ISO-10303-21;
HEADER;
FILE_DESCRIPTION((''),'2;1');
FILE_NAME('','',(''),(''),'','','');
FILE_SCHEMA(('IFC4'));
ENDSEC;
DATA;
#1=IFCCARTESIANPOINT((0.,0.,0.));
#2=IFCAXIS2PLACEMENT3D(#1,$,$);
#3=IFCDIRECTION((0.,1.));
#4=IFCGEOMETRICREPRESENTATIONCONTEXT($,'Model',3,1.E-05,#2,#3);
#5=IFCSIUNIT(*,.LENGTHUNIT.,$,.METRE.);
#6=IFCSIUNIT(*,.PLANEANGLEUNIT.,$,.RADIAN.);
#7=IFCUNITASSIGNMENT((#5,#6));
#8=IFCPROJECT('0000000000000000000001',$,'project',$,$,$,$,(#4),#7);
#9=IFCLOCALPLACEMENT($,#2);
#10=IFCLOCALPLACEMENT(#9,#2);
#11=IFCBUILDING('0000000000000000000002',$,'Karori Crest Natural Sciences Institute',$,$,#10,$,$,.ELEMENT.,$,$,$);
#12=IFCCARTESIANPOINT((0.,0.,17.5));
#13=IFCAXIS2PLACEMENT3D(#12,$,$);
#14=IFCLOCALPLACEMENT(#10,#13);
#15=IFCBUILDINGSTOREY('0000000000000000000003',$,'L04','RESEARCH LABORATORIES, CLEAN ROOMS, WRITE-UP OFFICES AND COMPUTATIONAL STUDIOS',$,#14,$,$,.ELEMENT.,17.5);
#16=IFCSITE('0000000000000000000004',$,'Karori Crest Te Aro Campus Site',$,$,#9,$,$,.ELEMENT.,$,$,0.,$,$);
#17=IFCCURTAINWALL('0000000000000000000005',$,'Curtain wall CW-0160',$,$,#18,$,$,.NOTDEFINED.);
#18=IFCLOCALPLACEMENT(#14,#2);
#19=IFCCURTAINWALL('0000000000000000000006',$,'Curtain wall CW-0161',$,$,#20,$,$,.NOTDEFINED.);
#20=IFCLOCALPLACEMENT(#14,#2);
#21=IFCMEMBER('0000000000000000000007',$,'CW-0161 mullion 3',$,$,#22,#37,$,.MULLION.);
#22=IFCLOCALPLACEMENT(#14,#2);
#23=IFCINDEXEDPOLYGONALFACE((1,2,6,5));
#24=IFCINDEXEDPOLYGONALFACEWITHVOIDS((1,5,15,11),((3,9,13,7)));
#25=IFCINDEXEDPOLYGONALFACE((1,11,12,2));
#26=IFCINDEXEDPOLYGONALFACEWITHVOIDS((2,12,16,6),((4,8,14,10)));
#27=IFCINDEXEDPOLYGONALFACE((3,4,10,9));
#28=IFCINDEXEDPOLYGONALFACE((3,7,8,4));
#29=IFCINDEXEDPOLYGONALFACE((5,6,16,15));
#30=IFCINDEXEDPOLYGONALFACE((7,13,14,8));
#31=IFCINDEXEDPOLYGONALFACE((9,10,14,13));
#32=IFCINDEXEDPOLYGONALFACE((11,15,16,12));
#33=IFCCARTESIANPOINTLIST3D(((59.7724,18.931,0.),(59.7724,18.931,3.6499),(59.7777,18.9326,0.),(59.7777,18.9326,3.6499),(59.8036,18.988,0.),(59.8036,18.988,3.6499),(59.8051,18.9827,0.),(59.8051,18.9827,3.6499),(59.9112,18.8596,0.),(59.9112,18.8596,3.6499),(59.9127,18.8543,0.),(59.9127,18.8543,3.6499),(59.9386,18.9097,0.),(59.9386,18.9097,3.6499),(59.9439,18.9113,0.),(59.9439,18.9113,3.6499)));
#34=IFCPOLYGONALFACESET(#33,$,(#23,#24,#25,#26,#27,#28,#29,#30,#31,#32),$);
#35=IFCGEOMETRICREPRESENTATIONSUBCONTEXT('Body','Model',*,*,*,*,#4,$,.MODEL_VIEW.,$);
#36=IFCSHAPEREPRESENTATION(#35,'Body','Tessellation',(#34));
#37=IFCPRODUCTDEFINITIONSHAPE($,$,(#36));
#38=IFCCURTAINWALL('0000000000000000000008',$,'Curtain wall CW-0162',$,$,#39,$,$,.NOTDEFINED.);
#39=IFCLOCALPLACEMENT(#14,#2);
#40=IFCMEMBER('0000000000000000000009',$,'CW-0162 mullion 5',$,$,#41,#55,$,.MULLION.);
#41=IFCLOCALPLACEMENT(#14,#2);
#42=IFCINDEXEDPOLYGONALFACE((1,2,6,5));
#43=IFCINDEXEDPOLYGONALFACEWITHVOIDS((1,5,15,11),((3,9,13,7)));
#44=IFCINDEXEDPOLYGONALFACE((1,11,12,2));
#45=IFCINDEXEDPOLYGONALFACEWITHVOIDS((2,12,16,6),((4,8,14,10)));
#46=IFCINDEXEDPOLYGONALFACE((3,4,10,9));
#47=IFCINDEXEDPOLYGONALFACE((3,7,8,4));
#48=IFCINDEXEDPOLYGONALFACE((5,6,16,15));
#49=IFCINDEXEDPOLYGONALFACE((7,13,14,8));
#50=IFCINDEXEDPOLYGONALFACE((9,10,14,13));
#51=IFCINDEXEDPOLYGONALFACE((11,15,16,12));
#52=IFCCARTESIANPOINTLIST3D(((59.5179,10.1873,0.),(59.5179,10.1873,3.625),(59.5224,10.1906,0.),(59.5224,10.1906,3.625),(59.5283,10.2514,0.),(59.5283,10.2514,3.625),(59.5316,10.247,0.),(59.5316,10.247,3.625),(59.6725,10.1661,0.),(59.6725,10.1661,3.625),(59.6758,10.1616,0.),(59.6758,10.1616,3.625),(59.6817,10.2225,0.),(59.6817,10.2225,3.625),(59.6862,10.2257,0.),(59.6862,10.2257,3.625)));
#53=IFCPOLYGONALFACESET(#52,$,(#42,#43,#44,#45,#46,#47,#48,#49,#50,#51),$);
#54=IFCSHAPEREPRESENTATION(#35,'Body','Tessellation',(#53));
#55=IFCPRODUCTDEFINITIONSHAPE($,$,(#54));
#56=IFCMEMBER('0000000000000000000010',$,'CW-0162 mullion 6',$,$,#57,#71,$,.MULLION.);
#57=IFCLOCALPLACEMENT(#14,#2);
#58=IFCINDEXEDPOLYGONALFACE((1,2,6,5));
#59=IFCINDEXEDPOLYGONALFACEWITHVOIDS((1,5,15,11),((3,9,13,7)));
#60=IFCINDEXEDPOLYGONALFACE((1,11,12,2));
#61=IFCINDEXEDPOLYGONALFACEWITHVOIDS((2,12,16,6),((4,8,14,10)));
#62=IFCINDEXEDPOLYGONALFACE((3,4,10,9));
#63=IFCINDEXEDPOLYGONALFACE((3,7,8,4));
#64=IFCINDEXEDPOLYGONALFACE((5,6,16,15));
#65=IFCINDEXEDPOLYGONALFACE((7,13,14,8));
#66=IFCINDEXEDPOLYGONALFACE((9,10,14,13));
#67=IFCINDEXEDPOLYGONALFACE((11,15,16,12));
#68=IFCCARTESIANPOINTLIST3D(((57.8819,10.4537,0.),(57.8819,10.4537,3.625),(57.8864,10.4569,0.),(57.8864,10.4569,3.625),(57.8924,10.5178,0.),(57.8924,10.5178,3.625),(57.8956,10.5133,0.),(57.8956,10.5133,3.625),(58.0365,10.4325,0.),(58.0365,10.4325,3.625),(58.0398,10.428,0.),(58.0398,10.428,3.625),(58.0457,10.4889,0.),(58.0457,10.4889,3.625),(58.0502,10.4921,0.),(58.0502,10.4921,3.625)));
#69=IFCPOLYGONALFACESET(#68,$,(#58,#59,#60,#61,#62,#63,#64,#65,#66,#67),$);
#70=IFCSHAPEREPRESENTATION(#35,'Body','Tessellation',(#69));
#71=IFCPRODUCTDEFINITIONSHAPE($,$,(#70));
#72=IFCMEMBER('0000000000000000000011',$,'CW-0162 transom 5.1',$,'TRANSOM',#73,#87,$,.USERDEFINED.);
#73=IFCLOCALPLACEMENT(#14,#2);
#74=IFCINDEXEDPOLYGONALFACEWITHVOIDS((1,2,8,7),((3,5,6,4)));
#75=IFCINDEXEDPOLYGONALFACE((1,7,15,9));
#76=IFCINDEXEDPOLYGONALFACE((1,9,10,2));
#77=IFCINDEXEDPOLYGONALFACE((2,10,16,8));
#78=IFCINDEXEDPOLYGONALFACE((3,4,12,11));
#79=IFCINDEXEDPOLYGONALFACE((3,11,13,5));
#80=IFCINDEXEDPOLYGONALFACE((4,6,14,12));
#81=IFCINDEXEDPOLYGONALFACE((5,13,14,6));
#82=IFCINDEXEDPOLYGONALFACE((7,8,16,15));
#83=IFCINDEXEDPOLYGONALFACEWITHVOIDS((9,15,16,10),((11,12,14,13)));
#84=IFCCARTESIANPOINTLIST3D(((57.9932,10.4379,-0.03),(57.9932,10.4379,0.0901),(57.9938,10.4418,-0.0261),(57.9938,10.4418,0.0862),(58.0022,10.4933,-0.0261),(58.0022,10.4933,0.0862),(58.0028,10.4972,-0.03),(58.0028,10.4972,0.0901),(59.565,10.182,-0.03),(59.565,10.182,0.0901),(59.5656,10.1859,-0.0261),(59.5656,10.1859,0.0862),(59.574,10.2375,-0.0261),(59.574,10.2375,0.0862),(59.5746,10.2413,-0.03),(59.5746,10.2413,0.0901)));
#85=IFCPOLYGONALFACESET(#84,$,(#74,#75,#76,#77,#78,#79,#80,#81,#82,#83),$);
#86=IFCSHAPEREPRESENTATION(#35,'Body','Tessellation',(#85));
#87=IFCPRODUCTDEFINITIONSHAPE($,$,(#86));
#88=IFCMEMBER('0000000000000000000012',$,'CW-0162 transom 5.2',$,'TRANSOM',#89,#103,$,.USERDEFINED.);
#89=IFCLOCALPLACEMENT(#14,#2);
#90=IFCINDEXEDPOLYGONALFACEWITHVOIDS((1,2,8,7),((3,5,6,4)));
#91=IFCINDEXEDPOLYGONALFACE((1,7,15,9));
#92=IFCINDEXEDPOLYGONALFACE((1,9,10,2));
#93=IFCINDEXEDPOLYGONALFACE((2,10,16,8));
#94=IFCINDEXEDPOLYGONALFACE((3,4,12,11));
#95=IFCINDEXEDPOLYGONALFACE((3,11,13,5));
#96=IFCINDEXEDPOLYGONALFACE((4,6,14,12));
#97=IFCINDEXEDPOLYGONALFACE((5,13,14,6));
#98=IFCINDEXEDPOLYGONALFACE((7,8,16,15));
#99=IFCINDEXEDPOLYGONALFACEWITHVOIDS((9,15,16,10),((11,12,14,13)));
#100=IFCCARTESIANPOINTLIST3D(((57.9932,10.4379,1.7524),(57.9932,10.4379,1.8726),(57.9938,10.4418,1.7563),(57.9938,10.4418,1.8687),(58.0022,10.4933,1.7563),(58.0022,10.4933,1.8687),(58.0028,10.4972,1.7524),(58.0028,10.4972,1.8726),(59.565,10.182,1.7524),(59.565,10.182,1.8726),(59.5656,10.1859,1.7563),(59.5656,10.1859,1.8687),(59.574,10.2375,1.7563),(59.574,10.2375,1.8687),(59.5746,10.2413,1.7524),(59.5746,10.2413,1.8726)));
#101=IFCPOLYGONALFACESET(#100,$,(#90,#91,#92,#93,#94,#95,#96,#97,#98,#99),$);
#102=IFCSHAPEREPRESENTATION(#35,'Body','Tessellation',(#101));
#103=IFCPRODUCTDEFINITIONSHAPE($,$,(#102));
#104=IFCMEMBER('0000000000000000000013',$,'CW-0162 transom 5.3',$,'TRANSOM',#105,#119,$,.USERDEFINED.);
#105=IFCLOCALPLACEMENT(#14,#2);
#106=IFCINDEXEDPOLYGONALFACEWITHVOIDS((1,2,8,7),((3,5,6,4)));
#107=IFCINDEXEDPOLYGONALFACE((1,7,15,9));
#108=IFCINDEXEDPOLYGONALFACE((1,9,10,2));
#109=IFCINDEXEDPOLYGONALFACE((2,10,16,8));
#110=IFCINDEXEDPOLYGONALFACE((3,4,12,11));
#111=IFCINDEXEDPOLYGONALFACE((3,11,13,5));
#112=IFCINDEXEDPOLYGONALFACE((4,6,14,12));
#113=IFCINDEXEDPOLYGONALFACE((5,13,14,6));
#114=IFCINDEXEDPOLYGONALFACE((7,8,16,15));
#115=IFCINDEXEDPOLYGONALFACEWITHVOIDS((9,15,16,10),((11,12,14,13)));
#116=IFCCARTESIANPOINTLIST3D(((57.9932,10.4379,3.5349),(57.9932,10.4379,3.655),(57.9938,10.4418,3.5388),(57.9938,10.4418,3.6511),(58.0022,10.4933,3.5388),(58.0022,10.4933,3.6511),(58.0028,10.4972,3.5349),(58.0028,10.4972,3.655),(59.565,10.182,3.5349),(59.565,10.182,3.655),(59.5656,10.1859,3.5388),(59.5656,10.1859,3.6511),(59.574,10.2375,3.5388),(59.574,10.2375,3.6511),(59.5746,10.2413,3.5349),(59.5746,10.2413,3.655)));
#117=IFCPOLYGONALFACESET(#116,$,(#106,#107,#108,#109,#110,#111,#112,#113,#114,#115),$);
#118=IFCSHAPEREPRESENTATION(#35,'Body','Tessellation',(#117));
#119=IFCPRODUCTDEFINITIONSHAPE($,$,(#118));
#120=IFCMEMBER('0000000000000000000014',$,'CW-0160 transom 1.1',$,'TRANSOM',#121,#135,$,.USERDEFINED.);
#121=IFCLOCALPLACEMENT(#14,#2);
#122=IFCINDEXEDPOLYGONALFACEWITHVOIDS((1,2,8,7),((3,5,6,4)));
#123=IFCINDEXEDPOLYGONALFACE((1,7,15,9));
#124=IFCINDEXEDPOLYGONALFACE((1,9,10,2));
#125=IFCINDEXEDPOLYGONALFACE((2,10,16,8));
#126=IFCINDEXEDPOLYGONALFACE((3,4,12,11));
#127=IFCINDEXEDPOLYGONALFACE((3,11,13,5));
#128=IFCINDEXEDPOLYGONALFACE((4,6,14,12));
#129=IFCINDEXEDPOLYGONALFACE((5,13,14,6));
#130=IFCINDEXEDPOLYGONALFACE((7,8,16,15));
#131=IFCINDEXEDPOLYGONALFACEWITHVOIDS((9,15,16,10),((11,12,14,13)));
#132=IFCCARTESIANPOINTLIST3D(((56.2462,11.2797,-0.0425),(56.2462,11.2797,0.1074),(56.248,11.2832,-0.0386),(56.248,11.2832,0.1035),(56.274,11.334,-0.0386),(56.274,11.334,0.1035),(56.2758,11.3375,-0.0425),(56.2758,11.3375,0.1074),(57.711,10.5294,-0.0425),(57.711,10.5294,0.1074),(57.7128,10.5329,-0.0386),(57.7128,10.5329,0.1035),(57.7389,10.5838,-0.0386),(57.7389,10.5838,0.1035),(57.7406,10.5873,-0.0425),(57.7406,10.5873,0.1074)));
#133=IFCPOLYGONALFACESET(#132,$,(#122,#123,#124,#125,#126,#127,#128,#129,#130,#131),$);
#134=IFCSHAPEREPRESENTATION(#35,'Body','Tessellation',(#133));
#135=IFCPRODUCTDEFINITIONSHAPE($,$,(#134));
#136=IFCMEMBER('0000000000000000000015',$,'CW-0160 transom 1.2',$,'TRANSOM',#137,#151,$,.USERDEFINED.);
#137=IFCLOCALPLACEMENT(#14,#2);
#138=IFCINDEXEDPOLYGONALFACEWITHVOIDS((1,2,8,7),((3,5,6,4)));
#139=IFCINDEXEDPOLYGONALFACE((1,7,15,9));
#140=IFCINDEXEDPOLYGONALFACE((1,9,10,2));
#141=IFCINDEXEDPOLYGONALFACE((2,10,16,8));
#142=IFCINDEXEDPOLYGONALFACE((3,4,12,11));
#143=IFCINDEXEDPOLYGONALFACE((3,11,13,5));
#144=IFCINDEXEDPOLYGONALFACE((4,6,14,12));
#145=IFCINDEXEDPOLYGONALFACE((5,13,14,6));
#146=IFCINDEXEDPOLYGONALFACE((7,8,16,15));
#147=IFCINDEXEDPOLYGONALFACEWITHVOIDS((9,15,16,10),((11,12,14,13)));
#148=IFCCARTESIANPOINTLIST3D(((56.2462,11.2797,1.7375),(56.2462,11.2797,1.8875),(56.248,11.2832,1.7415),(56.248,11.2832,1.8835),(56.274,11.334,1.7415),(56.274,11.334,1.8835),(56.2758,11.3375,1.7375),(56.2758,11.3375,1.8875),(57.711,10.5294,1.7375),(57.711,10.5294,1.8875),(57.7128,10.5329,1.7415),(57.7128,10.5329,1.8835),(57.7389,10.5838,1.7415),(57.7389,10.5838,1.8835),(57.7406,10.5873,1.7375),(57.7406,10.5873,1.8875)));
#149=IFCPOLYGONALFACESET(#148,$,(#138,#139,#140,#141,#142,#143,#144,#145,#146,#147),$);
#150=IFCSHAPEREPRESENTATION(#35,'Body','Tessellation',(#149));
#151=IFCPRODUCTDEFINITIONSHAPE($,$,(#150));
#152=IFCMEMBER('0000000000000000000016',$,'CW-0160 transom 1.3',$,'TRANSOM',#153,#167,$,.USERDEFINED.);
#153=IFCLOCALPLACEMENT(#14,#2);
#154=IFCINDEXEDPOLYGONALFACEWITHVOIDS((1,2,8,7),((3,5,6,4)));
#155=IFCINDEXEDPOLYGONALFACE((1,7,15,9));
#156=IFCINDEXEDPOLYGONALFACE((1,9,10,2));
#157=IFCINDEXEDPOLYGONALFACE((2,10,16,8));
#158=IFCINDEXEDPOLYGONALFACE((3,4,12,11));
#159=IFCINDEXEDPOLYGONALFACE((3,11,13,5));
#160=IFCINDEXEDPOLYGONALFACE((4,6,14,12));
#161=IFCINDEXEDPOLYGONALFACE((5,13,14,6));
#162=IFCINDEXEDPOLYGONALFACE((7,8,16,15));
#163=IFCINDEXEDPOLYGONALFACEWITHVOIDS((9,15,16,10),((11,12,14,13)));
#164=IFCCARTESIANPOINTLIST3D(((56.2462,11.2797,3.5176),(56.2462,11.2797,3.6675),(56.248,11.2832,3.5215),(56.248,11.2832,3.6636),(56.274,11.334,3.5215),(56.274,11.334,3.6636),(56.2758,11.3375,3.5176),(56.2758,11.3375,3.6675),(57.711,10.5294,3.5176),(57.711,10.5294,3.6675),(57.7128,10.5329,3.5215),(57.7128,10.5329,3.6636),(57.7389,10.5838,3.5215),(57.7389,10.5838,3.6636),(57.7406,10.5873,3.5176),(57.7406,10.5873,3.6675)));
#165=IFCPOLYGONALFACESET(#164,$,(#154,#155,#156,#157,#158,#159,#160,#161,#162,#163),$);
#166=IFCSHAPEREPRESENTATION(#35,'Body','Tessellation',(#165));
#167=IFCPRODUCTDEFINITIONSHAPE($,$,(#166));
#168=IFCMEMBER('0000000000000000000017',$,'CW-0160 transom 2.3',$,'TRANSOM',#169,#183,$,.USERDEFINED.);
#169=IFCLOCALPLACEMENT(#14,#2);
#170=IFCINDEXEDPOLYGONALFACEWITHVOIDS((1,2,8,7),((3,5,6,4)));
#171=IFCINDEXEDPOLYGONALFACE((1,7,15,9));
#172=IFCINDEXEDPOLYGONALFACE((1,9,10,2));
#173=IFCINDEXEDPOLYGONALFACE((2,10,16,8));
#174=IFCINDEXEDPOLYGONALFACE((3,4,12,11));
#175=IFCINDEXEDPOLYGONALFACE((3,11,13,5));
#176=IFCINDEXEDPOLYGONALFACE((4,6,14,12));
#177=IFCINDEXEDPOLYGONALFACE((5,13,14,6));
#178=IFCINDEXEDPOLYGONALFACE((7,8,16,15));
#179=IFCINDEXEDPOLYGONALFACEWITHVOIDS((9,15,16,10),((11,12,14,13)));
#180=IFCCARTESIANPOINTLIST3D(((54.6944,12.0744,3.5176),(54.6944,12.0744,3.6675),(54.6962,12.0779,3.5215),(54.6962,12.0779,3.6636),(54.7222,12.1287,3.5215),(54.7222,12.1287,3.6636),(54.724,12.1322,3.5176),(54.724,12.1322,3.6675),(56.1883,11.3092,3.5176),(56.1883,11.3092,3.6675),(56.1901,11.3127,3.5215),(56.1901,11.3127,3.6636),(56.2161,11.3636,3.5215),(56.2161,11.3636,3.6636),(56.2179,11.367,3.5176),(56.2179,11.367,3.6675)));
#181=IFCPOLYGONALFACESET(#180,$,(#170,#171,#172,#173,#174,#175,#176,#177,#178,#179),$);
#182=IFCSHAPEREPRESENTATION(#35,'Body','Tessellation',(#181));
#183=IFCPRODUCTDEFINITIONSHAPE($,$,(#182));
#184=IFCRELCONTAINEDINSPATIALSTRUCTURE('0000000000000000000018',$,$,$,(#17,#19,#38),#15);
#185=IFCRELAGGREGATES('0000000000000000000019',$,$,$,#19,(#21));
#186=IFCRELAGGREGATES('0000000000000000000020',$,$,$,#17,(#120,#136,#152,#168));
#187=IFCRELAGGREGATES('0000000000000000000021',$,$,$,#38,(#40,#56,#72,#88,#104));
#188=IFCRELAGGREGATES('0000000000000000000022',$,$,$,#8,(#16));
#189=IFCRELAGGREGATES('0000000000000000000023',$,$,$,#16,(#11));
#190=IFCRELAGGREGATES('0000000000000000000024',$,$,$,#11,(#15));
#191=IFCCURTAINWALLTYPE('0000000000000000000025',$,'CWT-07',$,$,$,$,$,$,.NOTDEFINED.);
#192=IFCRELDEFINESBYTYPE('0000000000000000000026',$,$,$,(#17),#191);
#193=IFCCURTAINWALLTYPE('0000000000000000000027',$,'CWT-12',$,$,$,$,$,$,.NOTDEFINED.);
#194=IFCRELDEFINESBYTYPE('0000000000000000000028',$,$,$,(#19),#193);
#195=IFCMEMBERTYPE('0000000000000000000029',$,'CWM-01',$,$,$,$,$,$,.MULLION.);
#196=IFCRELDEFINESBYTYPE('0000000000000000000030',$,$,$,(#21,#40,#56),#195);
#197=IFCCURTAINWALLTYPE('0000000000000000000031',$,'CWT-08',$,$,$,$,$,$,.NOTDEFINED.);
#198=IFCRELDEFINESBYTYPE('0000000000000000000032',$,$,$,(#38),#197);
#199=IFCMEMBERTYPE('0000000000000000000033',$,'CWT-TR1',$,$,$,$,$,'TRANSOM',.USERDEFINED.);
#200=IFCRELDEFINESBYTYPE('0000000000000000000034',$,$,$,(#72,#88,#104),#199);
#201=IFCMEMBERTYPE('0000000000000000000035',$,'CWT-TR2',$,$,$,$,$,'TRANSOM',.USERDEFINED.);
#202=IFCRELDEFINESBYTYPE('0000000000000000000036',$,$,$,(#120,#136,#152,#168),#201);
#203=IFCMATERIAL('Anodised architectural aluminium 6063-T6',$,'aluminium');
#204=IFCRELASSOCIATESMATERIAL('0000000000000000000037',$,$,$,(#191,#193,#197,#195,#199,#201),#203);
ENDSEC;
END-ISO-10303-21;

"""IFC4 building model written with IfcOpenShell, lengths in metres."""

from ifc_helpers import new_model, si_unit, direction, frame, origin, origin_2d, place, context, subcontext, project, spatial, hollow_rectangle, extrude, material, material_profile, profile_set, type_object, element, aggregate, save


model = new_model("IFC4")

# Units and contexts
model_context = context("Model", 3, precision=1e-05, world=origin(), true_north=direction((0.0, 1.0)))
body_context = subcontext(model_context, "Body", "Model", "MODEL_VIEW")
ifc_project = project(units=[si_unit("LENGTHUNIT", "METRE"), si_unit("PLANEANGLEUNIT", "RADIAN")], contexts=[model_context])

# Site, building, storey
site_placement = place(None, origin())
site = spatial("IfcSite", under=ifc_project, at=site_placement, Name="Karori Crest Te Aro Campus Site", CompositionType="ELEMENT", RefElevation=0.0)
building_placement = place(site_placement, origin())
building = spatial("IfcBuilding", under=site, at=building_placement, Name="Karori Crest Natural Sciences Institute", CompositionType="ELEMENT")
storey_placement = place(building_placement, frame((0.0, 0.0, 17.5)))
storey = spatial("IfcBuildingStorey", under=building, at=storey_placement, Name="L04", Description="RESEARCH LABORATORIES, CLEAN ROOMS, WRITE-UP OFFICES AND COMPUTATIONAL STUDIOS", CompositionType="ELEMENT", Elevation=17.5)

# Curtain wall
ifc_material_1 = material(Name="Anodised architectural aluminium 6063-T6", Category="aluminium")
curtain_wall_type_1 = type_object("IfcCurtainWallType", Name="CWT-07", PredefinedType="NOTDEFINED", material=ifc_material_1)
curtain_wall_1_placement = place(storey_placement, origin())
curtain_wall_1 = element("IfcCurtainWall", 1, at=curtain_wall_1_placement, inside=storey, type_object=curtain_wall_type_1, Name="Curtain wall CW-0160", PredefinedType="NOTDEFINED")
ifc_material_profile_1 = material_profile(ifc_material_1, hollow_rectangle(XDim=0.0649, YDim=0.1599, WallThickness=0.0039, at=origin_2d()), Name="CWM160x65x4")
ifc_profile_set_1 = profile_set([ifc_material_profile_1], Name="Anodised architectural aluminium 6063-T6")
member_type_1 = type_object("IfcMemberType", Name="CWM-01", PredefinedType="MULLION", material=ifc_profile_set_1)

# Curtain wall, member
curtain_wall_type_2 = type_object("IfcCurtainWallType", Name="CWT-12", PredefinedType="NOTDEFINED", material=ifc_material_1)
curtain_wall_2_placement = place(storey_placement, origin())
curtain_wall_2 = element("IfcCurtainWall", 2, at=curtain_wall_2_placement, inside=storey, type_object=curtain_wall_type_2, Name="Curtain wall CW-0161", PredefinedType="NOTDEFINED")
member_1_placement = place(storey_placement, frame((59.8582, 18.9211, 0.0), z_axis=(0.0, 0.0, 1.0), x_axis=(0.479631, 0.87747, 0.0)))
member_1 = element("IfcMember", 3, at=member_1_placement, type_object=member_type_1, Name="CW-0161 mullion 3", PredefinedType="MULLION", context=body_context, shape_type="SweptSolid", body=[
    extrude(hollow_rectangle(XDim=0.0649, YDim=0.1599, WallThickness=0.0039, at=origin_2d()), origin(), (0.0, 0.0, 1.0), 3.6499),
])

# Curtain wall, members
curtain_wall_type_3 = type_object("IfcCurtainWallType", Name="CWT-08", PredefinedType="NOTDEFINED", material=ifc_material_1)
curtain_wall_3_placement = place(storey_placement, origin())
curtain_wall_3 = element("IfcCurtainWall", 4, at=curtain_wall_3_placement, inside=storey, type_object=curtain_wall_type_3, Name="Curtain wall CW-0162", PredefinedType="NOTDEFINED")
member_2_placement = place(storey_placement, frame((59.6021, 10.2065, 0.0), z_axis=(0.0, 0.0, 1.0), x_axis=(-0.160655, -0.987011, 0.0)))
member_2 = element("IfcMember", 5, at=member_2_placement, type_object=member_type_1, Name="CW-0162 mullion 5", PredefinedType="MULLION", context=body_context, shape_type="SweptSolid", body=[
    extrude(hollow_rectangle(XDim=0.0649, YDim=0.1599, WallThickness=0.0039, at=origin_2d()), origin(), (0.0, 0.0, 1.0), 3.625),
])
member_3_placement = place(storey_placement, frame((57.9661, 10.4729, 0.0), z_axis=(0.0, 0.0, 1.0), x_axis=(-0.160655, -0.987011, 0.0)))
member_3 = element("IfcMember", 6, at=member_3_placement, type_object=member_type_1, Name="CW-0162 mullion 6", PredefinedType="MULLION", context=body_context, shape_type="SweptSolid", body=[
    extrude(hollow_rectangle(XDim=0.0649, YDim=0.1599, WallThickness=0.0039, at=origin_2d()), origin(), (0.0, 0.0, 1.0), 3.625),
])
ifc_material_profile_2 = material_profile(ifc_material_1, hollow_rectangle(XDim=0.0601, YDim=0.1201, WallThickness=0.0039, at=origin_2d()), Name="CWT120x60x4")
ifc_profile_set_2 = profile_set([ifc_material_profile_2], Name="Anodised architectural aluminium 6063-T6")
member_type_2 = type_object("IfcMemberType", Name="CWT-TR1", ElementType="TRANSOM", PredefinedType="USERDEFINED", material=ifc_profile_set_2)
member_4_placement = place(storey_placement, frame((59.5698, 10.2117, 0.03), z_axis=(-0.987008, 0.160669, 0.0), x_axis=(-0.160669, -0.987008, 0.0)))
member_4 = element("IfcMember", 7, at=member_4_placement, type_object=member_type_2, Name="CW-0162 transom 5.1", ObjectType="TRANSOM", PredefinedType="USERDEFINED", context=body_context, shape_type="SweptSolid", body=[
    extrude(hollow_rectangle(XDim=0.0601, YDim=0.1201, WallThickness=0.0039, at=origin_2d()), origin(), (0.0, 0.0, 1.0), 1.5925),
])
member_5_placement = place(storey_placement, frame((59.5698, 10.2117, 1.8125), z_axis=(-0.987008, 0.160669, 0.0), x_axis=(-0.160669, -0.987008, 0.0)))
member_5 = element("IfcMember", 8, at=member_5_placement, type_object=member_type_2, Name="CW-0162 transom 5.2", ObjectType="TRANSOM", PredefinedType="USERDEFINED", context=body_context, shape_type="SweptSolid", body=[
    extrude(hollow_rectangle(XDim=0.0601, YDim=0.1201, WallThickness=0.0039, at=origin_2d()), origin(), (0.0, 0.0, 1.0), 1.5925),
])
member_6_placement = place(storey_placement, frame((59.5698, 10.2117, 3.595), z_axis=(-0.987008, 0.160669, 0.0), x_axis=(-0.160669, -0.987008, 0.0)))
member_6 = element("IfcMember", 9, at=member_6_placement, type_object=member_type_2, Name="CW-0162 transom 5.3", ObjectType="TRANSOM", PredefinedType="USERDEFINED", context=body_context, shape_type="SweptSolid", body=[
    extrude(hollow_rectangle(XDim=0.0601, YDim=0.1201, WallThickness=0.0039, at=origin_2d()), origin(), (0.0, 0.0, 1.0), 1.5925),
])

# Members
ifc_material_profile_3 = material_profile(ifc_material_1, hollow_rectangle(XDim=0.0649, YDim=0.1499, WallThickness=0.0039, at=origin_2d()), Name="CWT150x65x4")
ifc_profile_set_3 = profile_set([ifc_material_profile_3], Name="Anodised architectural aluminium 6063-T6")
member_type_3 = type_object("IfcMemberType", Name="CWT-TR2", ElementType="TRANSOM", PredefinedType="USERDEFINED", material=ifc_profile_set_3)
member_7_placement = place(storey_placement, frame((57.7258, 10.5583, 0.0325), z_axis=(-0.890054, 0.455856, 0.0), x_axis=(-0.455856, -0.890054, 0.0)))
member_7 = element("IfcMember", 10, at=member_7_placement, type_object=member_type_3, Name="CW-0160 transom 1.1", ObjectType="TRANSOM", PredefinedType="USERDEFINED", context=body_context, shape_type="SweptSolid", body=[
    extrude(hollow_rectangle(XDim=0.0649, YDim=0.1499, WallThickness=0.0039, at=origin_2d()), origin(), (0.0, 0.0, 1.0), 1.6458),
])
member_8_placement = place(storey_placement, frame((57.7258, 10.5583, 1.8125), z_axis=(-0.890054, 0.455856, 0.0), x_axis=(-0.455856, -0.890054, 0.0)))
member_8 = element("IfcMember", 11, at=member_8_placement, type_object=member_type_3, Name="CW-0160 transom 1.2", ObjectType="TRANSOM", PredefinedType="USERDEFINED", context=body_context, shape_type="SweptSolid", body=[
    extrude(hollow_rectangle(XDim=0.0649, YDim=0.1499, WallThickness=0.0039, at=origin_2d()), origin(), (0.0, 0.0, 1.0), 1.6458),
])
member_9_placement = place(storey_placement, frame((57.7258, 10.5583, 3.5925), z_axis=(-0.890054, 0.455856, 0.0), x_axis=(-0.455856, -0.890054, 0.0)))
member_9 = element("IfcMember", 12, at=member_9_placement, type_object=member_type_3, Name="CW-0160 transom 1.3", ObjectType="TRANSOM", PredefinedType="USERDEFINED", context=body_context, shape_type="SweptSolid", body=[
    extrude(hollow_rectangle(XDim=0.0649, YDim=0.1499, WallThickness=0.0039, at=origin_2d()), origin(), (0.0, 0.0, 1.0), 1.6458),
])
member_10_placement = place(storey_placement, frame((56.2031, 11.3381, 3.5925), z_axis=(-0.890051, 0.455862, 0.0), x_axis=(-0.455862, -0.890051, 0.0)))
member_10 = element("IfcMember", 13, at=member_10_placement, type_object=member_type_3, Name="CW-0160 transom 2.3", ObjectType="TRANSOM", PredefinedType="USERDEFINED", context=body_context, shape_type="SweptSolid", body=[
    extrude(hollow_rectangle(XDim=0.0649, YDim=0.1499, WallThickness=0.0039, at=origin_2d()), origin(), (0.0, 0.0, 1.0), 1.6785),
])

aggregate(curtain_wall_2, [member_1])
aggregate(curtain_wall_1, [member_7, member_8, member_9, member_10])
aggregate(curtain_wall_3, [member_2, member_3, member_4, member_5, member_6])

save(model, "model.ifc")
